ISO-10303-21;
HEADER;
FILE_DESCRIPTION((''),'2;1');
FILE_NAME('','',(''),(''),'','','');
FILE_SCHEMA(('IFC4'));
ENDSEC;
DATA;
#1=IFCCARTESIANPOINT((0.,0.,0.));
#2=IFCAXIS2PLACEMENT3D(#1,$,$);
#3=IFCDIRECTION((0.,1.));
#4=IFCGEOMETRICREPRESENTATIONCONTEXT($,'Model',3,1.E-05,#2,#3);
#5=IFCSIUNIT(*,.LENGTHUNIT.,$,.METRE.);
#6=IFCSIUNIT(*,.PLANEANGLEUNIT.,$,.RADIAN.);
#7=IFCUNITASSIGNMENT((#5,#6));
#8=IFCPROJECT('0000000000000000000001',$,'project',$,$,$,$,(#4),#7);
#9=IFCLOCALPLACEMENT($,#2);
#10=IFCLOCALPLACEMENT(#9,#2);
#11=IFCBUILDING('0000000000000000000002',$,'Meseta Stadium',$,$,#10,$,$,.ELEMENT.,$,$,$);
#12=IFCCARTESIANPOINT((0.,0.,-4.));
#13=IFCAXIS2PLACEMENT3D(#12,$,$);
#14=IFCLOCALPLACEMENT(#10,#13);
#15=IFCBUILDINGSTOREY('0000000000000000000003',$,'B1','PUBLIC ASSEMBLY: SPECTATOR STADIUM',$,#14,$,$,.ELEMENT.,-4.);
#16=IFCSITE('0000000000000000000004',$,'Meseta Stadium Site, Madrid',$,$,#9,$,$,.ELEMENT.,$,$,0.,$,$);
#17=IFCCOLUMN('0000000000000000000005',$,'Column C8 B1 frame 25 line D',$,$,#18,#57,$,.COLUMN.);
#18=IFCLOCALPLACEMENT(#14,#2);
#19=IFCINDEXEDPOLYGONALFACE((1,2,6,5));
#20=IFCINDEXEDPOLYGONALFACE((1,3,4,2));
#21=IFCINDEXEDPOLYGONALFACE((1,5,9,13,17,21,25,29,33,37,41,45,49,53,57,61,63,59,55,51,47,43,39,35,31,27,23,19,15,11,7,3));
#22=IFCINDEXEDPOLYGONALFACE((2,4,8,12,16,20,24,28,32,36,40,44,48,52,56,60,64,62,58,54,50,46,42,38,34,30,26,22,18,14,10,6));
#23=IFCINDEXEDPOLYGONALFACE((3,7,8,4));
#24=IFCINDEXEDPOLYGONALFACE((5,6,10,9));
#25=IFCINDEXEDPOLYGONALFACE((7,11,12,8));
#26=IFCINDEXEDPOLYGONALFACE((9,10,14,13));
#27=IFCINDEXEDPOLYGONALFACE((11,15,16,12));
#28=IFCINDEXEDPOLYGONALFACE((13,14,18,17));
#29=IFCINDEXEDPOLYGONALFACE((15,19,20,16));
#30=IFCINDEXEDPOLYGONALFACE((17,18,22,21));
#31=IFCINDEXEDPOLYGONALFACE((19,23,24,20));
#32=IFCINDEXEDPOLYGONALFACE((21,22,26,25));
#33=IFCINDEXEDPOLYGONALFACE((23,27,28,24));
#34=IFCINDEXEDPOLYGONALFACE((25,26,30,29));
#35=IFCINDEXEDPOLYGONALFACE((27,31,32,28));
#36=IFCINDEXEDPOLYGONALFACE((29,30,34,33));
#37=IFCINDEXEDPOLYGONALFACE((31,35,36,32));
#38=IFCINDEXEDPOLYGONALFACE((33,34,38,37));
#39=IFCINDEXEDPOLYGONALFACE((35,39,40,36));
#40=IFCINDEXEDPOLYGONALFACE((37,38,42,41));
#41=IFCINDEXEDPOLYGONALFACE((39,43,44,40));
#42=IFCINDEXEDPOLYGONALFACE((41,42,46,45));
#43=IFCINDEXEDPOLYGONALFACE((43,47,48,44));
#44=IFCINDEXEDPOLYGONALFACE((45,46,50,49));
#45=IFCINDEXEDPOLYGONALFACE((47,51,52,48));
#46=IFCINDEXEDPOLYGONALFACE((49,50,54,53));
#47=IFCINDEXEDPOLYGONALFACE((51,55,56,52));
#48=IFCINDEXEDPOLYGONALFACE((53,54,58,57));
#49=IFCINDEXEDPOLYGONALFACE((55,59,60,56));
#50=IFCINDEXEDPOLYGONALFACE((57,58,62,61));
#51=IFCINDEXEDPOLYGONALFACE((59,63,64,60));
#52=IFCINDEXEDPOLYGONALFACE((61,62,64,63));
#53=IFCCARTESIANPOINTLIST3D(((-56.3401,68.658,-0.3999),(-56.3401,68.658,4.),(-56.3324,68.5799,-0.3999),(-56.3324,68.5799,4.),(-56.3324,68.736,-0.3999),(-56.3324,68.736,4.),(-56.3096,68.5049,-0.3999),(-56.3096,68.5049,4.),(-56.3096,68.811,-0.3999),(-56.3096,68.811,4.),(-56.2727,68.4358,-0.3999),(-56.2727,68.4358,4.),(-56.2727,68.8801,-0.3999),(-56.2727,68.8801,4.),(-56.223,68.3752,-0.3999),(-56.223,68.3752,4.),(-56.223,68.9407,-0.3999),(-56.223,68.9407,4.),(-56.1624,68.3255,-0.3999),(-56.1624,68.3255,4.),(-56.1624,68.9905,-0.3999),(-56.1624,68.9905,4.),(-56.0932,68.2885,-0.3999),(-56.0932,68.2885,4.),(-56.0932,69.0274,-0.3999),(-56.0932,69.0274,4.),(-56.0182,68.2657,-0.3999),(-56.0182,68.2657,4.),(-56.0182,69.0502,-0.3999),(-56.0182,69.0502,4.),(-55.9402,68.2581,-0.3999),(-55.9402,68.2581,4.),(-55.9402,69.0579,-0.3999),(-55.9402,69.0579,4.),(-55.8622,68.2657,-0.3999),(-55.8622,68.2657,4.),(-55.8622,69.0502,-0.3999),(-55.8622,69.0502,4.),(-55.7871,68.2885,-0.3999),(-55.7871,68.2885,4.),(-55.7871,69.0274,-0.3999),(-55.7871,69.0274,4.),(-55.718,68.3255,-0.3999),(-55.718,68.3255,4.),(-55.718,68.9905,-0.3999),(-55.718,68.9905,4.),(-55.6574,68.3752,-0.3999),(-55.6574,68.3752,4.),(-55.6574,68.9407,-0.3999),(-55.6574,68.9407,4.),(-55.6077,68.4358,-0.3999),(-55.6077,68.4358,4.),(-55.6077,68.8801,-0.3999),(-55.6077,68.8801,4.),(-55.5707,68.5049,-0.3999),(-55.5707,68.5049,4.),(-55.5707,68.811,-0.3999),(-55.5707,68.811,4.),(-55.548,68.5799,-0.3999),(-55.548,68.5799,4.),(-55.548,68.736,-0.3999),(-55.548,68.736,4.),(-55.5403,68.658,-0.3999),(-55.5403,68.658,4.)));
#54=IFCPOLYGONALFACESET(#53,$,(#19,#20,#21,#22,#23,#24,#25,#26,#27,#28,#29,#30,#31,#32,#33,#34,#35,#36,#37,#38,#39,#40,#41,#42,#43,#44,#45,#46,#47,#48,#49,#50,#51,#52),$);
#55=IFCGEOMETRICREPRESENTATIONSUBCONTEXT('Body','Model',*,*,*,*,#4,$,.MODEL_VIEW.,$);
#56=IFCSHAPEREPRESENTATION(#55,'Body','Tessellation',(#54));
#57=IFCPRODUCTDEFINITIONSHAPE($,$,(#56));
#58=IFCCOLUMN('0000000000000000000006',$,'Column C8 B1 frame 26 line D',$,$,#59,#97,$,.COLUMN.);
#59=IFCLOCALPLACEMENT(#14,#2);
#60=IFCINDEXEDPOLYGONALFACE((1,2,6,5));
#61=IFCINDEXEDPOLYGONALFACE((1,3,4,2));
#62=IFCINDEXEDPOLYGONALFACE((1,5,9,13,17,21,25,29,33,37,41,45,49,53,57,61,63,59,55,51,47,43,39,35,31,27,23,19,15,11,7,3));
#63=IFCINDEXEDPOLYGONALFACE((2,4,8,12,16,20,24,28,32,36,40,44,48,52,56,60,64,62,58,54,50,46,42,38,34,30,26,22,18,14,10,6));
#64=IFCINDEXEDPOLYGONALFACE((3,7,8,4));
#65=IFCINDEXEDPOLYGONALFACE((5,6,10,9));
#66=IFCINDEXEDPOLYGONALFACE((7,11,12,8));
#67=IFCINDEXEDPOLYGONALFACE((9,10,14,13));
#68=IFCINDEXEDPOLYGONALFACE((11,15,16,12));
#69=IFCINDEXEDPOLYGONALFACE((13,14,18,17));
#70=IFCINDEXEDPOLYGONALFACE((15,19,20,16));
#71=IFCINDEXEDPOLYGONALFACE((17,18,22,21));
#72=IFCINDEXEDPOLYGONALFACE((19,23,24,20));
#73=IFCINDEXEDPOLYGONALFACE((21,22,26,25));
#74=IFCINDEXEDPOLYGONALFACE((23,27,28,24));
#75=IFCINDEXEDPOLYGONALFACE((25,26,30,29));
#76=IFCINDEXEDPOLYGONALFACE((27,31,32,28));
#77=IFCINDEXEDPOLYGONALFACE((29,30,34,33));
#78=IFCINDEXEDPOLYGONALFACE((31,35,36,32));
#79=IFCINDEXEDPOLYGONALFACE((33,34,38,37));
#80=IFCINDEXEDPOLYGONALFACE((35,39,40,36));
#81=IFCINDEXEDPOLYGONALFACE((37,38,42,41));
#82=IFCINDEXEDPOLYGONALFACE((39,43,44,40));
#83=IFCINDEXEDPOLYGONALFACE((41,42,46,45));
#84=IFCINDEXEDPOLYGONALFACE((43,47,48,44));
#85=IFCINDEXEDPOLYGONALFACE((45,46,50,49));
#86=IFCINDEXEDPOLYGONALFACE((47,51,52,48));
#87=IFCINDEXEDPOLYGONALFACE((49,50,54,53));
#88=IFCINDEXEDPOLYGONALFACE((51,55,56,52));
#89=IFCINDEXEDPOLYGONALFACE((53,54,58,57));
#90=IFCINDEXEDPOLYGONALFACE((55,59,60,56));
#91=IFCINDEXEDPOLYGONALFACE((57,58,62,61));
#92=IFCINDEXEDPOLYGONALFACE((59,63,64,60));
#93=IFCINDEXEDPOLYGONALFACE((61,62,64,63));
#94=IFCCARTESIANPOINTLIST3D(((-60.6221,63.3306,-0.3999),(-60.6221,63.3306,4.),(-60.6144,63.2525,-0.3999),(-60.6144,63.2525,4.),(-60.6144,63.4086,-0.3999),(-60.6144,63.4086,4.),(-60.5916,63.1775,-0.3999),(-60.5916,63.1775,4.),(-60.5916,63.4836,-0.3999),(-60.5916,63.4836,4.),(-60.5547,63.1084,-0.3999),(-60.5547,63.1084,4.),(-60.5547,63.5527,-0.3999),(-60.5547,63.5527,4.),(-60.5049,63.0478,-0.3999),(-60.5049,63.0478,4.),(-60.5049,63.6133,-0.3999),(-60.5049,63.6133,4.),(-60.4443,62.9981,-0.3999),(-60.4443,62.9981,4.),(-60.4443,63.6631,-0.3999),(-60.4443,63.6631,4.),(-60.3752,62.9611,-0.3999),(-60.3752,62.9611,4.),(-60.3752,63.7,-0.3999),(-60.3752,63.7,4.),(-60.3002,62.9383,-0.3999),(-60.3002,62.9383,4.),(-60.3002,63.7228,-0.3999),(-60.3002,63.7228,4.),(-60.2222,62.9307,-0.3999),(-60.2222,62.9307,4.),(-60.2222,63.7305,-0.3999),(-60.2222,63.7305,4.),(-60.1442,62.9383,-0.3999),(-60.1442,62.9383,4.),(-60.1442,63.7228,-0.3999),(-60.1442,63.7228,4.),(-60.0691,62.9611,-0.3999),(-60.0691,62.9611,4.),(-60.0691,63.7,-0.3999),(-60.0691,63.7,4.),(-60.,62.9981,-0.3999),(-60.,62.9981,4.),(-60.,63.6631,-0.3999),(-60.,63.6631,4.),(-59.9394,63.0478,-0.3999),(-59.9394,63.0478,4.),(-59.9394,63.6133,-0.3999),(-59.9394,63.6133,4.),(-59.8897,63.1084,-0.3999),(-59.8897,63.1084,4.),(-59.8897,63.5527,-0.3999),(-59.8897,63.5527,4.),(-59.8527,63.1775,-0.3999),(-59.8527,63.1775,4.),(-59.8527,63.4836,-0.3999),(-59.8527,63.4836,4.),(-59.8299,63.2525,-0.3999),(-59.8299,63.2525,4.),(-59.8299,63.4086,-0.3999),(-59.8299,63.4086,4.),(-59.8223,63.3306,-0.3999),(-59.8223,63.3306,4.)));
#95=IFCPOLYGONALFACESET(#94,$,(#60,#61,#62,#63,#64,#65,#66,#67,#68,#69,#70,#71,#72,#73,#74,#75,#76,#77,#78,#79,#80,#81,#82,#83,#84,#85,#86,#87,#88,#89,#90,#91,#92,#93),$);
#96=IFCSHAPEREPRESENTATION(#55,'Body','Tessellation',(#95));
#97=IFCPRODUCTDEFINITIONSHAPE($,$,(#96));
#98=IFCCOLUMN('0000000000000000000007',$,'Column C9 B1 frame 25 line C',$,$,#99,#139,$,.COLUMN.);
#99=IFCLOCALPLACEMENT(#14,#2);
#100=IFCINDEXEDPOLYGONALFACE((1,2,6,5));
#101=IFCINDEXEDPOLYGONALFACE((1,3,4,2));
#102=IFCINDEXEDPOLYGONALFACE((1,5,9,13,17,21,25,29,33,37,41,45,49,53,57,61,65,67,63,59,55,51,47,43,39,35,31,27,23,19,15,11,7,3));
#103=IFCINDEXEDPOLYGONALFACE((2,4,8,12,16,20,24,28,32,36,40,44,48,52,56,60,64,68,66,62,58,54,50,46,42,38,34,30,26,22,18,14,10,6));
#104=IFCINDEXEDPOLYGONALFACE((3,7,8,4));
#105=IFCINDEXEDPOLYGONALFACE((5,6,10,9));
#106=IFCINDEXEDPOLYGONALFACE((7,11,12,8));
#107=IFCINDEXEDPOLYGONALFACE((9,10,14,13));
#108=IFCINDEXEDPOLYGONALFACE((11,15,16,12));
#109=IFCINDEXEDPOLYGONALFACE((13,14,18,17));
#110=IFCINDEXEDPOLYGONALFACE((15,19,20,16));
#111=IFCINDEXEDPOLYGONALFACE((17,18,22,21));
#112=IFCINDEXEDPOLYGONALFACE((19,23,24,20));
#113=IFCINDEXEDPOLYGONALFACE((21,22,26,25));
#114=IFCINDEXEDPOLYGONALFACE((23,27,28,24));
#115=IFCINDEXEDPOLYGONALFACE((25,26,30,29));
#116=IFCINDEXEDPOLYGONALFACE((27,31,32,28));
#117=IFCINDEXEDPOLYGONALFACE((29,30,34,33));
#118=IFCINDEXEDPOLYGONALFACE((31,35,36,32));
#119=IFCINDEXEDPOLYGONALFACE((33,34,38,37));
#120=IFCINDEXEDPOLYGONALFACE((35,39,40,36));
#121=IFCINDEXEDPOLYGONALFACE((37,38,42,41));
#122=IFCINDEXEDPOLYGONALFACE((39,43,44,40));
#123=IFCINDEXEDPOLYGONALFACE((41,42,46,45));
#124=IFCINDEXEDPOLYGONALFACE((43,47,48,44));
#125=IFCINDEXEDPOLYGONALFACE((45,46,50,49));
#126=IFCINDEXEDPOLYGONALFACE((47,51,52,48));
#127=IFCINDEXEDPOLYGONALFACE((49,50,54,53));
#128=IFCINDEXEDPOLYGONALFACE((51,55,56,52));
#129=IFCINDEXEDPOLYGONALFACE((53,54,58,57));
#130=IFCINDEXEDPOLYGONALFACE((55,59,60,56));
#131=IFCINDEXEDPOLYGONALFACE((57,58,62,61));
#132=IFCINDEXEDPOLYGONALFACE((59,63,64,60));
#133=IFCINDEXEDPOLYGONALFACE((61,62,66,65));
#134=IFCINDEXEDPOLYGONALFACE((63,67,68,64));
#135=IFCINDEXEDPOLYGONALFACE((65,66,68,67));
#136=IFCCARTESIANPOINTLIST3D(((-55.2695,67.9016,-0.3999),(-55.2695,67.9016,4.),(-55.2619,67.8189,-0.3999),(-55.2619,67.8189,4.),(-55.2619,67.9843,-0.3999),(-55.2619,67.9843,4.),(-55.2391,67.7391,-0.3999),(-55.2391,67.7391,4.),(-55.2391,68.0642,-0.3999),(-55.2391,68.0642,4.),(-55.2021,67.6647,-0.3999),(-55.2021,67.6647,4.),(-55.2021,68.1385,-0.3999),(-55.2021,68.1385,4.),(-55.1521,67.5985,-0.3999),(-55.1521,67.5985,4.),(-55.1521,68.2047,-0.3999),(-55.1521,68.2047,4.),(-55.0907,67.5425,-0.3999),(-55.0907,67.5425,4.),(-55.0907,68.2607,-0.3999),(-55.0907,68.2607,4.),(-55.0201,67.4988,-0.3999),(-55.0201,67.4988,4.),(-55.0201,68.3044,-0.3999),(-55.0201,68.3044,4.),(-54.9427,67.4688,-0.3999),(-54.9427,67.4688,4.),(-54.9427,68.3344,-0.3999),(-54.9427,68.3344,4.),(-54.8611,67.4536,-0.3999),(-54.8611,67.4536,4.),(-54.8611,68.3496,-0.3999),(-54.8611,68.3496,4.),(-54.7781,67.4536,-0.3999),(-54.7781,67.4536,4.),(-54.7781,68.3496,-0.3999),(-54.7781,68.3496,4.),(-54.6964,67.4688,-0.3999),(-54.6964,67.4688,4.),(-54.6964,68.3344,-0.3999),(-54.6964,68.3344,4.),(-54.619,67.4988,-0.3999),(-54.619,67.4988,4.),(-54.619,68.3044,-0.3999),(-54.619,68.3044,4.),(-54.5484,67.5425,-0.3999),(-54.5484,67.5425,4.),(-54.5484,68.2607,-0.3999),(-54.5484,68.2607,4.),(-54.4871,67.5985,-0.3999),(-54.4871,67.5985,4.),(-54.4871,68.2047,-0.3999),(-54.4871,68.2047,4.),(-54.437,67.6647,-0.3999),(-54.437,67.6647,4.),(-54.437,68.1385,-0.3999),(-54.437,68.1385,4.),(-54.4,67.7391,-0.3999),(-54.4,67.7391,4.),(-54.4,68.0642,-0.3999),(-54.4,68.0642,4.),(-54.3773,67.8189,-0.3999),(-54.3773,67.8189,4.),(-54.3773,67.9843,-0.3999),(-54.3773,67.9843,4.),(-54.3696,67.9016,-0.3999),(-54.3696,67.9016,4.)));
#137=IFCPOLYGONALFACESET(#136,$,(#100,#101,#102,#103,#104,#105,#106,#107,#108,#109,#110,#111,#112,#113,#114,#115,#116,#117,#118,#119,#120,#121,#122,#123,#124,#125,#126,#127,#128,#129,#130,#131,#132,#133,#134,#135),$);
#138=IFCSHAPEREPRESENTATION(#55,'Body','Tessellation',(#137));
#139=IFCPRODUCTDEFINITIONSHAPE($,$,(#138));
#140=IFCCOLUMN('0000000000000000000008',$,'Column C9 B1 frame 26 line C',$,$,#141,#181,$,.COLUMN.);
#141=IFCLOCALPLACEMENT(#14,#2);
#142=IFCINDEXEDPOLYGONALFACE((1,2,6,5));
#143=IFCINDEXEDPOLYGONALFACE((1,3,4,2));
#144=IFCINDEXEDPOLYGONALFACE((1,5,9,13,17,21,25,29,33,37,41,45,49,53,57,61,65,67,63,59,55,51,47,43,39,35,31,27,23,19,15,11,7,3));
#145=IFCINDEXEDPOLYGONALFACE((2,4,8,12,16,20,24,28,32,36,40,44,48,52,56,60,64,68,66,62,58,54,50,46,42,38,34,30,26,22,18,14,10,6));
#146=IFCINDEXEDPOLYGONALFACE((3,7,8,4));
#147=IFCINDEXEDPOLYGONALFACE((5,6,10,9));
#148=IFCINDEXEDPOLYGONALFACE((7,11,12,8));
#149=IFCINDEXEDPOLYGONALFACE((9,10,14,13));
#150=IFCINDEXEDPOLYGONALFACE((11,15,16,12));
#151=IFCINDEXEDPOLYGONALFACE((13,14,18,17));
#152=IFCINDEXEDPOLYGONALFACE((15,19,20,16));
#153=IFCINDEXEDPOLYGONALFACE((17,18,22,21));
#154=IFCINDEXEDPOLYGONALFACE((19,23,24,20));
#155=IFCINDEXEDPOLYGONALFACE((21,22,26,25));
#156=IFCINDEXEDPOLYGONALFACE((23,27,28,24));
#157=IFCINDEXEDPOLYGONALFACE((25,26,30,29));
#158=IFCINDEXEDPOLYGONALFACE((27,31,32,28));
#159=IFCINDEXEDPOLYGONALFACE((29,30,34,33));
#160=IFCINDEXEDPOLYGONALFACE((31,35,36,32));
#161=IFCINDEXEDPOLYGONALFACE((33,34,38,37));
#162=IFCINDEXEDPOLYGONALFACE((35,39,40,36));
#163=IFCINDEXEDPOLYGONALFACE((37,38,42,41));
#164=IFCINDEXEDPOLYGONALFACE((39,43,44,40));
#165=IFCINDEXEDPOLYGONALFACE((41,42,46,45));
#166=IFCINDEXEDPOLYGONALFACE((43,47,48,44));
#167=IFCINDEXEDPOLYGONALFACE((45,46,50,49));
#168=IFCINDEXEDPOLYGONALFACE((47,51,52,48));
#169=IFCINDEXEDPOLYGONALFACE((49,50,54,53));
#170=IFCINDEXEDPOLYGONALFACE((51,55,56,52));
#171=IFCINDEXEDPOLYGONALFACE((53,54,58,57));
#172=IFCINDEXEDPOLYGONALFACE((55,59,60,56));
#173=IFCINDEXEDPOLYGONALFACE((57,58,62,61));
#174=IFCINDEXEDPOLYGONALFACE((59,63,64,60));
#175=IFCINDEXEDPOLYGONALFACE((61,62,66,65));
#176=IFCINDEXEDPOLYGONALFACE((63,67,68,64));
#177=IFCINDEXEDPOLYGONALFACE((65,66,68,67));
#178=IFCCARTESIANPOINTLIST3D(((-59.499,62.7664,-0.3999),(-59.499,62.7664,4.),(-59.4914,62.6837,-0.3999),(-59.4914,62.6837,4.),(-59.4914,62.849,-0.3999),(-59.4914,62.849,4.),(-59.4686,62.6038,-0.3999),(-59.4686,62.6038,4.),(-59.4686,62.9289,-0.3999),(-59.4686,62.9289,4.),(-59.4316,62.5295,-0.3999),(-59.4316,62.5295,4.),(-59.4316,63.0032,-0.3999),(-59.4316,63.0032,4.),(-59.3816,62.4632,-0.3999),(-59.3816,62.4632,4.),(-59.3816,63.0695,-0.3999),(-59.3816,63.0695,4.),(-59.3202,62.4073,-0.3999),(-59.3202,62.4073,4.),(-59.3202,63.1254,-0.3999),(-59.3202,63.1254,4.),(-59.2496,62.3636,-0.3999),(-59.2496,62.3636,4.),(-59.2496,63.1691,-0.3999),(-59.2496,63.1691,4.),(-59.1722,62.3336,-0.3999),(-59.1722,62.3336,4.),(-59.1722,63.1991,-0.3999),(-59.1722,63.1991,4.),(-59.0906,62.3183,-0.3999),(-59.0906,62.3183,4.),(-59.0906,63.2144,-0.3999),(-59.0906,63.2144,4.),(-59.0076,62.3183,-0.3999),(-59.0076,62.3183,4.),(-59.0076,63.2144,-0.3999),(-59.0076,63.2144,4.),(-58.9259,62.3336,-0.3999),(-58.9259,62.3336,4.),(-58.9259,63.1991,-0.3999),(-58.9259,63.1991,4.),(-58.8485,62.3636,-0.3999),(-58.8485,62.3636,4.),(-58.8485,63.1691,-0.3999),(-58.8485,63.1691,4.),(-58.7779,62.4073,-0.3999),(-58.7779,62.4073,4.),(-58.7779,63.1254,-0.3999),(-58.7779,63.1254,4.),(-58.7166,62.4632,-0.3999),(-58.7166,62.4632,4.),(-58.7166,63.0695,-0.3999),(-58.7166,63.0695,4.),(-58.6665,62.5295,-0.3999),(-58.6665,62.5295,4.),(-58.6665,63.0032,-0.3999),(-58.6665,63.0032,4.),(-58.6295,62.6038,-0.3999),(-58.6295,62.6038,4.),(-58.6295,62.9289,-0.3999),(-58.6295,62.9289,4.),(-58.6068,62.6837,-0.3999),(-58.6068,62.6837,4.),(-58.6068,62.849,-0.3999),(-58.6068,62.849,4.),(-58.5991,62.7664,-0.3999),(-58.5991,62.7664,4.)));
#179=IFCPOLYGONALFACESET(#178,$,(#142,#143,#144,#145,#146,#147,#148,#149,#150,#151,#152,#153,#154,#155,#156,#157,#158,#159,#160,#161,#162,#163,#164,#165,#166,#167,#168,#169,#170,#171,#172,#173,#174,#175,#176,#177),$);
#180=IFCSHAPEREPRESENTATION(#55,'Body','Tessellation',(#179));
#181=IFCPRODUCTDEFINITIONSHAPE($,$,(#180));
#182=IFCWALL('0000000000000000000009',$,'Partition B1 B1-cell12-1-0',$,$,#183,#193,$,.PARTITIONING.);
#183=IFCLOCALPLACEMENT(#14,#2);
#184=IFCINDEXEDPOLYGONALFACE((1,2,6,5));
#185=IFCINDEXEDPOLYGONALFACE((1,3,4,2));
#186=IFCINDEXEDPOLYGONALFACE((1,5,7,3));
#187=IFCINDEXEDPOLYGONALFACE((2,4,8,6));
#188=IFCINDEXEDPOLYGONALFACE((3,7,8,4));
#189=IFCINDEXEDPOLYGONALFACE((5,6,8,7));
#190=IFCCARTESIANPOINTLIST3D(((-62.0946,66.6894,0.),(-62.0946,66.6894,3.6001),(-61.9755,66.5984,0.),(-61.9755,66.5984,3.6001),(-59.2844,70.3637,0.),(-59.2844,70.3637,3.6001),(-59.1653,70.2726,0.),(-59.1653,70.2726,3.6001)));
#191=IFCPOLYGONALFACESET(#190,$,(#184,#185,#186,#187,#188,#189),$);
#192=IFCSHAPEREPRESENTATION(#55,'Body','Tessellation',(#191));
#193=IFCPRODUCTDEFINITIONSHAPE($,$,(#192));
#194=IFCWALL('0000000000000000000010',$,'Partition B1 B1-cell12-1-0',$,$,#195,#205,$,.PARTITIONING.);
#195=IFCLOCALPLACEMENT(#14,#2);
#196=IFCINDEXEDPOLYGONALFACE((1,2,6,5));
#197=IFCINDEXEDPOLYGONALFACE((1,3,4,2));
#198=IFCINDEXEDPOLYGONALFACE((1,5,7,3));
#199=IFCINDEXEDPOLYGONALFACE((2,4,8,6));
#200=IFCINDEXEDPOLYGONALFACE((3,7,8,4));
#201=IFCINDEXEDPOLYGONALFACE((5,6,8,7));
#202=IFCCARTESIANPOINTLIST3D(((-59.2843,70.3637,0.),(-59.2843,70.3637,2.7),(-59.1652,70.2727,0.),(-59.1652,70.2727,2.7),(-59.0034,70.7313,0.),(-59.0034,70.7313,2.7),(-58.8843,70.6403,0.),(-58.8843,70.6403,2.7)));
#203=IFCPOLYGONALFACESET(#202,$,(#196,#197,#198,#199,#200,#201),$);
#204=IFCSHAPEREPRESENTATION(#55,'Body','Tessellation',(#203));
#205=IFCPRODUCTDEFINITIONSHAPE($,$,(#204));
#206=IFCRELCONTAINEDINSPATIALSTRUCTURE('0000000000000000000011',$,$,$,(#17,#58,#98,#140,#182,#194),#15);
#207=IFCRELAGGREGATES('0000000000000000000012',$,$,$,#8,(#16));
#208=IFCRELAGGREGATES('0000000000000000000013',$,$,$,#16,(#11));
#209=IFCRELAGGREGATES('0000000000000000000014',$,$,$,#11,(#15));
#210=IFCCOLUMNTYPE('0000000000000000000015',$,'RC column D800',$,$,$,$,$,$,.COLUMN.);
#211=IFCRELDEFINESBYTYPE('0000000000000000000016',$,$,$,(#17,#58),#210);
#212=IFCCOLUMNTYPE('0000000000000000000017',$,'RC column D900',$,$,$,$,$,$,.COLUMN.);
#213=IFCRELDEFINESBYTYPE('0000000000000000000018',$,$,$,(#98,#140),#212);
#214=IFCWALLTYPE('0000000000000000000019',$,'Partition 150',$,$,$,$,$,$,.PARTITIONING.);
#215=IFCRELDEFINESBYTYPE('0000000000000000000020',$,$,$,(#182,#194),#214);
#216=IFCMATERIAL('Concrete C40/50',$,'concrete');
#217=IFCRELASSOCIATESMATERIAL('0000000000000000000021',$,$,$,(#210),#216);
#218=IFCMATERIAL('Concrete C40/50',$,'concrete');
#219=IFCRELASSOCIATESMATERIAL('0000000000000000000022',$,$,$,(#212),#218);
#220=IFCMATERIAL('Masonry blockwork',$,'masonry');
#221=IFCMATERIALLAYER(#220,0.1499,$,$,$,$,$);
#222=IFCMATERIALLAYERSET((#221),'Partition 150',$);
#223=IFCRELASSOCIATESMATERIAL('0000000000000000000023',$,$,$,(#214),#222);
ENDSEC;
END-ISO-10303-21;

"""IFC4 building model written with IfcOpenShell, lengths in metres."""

from ifc_helpers import new_model, si_unit, direction, frame, frame_2d, origin, origin_2d, place, context, subcontext, project, spatial, rectangle, circle, extrude, material, layer, layer_set, material_profile, profile_set, type_object, element, save


model = new_model("IFC4")

# Units and contexts
model_context = context("Model", 3, precision=1e-05, world=origin(), true_north=direction((0.0, 1.0)))
body_context = subcontext(model_context, "Body", "Model", "MODEL_VIEW")
ifc_project = project(units=[si_unit("LENGTHUNIT", "METRE"), si_unit("PLANEANGLEUNIT", "RADIAN")], contexts=[model_context])

# Site, building, storey
site_placement = place(None, origin())
site = spatial("IfcSite", under=ifc_project, at=site_placement, Name="Meseta Stadium Site, Madrid", CompositionType="ELEMENT", RefElevation=0.0)
building_placement = place(site_placement, origin())
building = spatial("IfcBuilding", under=site, at=building_placement, Name="Meseta Stadium", CompositionType="ELEMENT")
storey_placement = place(building_placement, frame((0.0, 0.0, -4.0)))
storey = spatial("IfcBuildingStorey", under=building, at=storey_placement, Name="B1", Description="PUBLIC ASSEMBLY: SPECTATOR STADIUM", CompositionType="ELEMENT", Elevation=-4.0)

# Columns
ifc_material_1 = material(Name="Concrete C40/50", Category="concrete")
ifc_material_profile_1 = material_profile(ifc_material_1, circle(Radius=0.3999, at=origin_2d()), Name="RC D800")
ifc_profile_set_1 = profile_set([ifc_material_profile_1], Name="Concrete C40/50")
column_type_1 = type_object("IfcColumnType", Name="RC column D800", PredefinedType="COLUMN", material=ifc_profile_set_1)
for number, where, z_axis, x_axis, name in (
    (1, (-55.9402, 68.658, -0.3999), (0.0, 0.0, 1.0), (1.0, 0.0, 0.0), "Column C8 B1 frame 25 line D"),
    (2, (-60.2222, 63.3306, -0.3999), (0.0, 0.0, 1.0), (1.0, 0.0, 0.0), "Column C8 B1 frame 26 line D"),
):
    element("IfcColumn", number, at=place(storey_placement, frame(where, z_axis=z_axis, x_axis=x_axis)), inside=storey, type_object=column_type_1, Name=name, PredefinedType="COLUMN", context=body_context, shape_type="SweptSolid", body=[
        extrude(circle(Radius=0.3999, at=origin_2d()), origin(), (0.0, 0.0, 1.0), 4.3999),
    ])
ifc_material_2 = material(Name="Concrete C40/50", Category="concrete")
ifc_material_profile_2 = material_profile(ifc_material_2, circle(Radius=0.45, at=origin_2d()), Name="RC D900")
ifc_profile_set_2 = profile_set([ifc_material_profile_2], Name="Concrete C40/50")
column_type_2 = type_object("IfcColumnType", Name="RC column D900", PredefinedType="COLUMN", material=ifc_profile_set_2)
for number, where, z_axis, x_axis, name in (
    (3, (-54.8196, 67.9016, -0.3999), (0.0, 0.0, 1.0), (1.0, 0.0, 0.0), "Column C9 B1 frame 25 line C"),
    (4, (-59.0491, 62.7664, -0.3999), (0.0, 0.0, 1.0), (1.0, 0.0, 0.0), "Column C9 B1 frame 26 line C"),
):
    element("IfcColumn", number, at=place(storey_placement, frame(where, z_axis=z_axis, x_axis=x_axis)), inside=storey, type_object=column_type_2, Name=name, PredefinedType="COLUMN", context=body_context, shape_type="SweptSolid", body=[
        extrude(circle(Radius=0.45, at=origin_2d()), origin(), (0.0, 0.0, 1.0), 4.3999),
    ])

# Walls
ifc_material_3 = material(Name="Masonry blockwork", Category="masonry")
ifc_layer = layer(ifc_material_3, 0.1499)
ifc_layer_set = layer_set([ifc_layer], Name="Partition 150")
wall_type = type_object("IfcWallType", Name="Partition 150", PredefinedType="PARTITIONING", material=ifc_layer_set)
wall_1_placement = place(storey_placement, frame((-62.0352, 66.6438, 0.0), z_axis=(0.0, 0.0, 1.0), x_axis=(0.607523, 0.794302, 0.0)))
element("IfcWall", 5, at=wall_1_placement, inside=storey, type_object=wall_type, Name="Partition B1 B1-cell12-1-0", PredefinedType="PARTITIONING", context=body_context, shape_type="SweptSolid", body=[
    extrude(rectangle(XDim=4.6257, YDim=0.1499, at=frame_2d((2.313, 0.0))), origin(), (0.0, 0.0, 1.0), 3.6001),
])
wall_2_placement = place(storey_placement, frame((-59.2249, 70.3181, 0.0), z_axis=(0.0, 0.0, 1.0), x_axis=(0.607235, 0.794523, 0.0)))
element("IfcWall", 6, at=wall_2_placement, inside=storey, type_object=wall_type, Name="Partition B1 B1-cell12-1-0", PredefinedType="PARTITIONING", context=body_context, shape_type="SweptSolid", body=[
    extrude(rectangle(XDim=0.4626, YDim=0.1499, at=frame_2d((0.2314, 0.0))), origin(), (0.0, 0.0, 1.0), 2.7),
])

save(model, "model.ifc")
